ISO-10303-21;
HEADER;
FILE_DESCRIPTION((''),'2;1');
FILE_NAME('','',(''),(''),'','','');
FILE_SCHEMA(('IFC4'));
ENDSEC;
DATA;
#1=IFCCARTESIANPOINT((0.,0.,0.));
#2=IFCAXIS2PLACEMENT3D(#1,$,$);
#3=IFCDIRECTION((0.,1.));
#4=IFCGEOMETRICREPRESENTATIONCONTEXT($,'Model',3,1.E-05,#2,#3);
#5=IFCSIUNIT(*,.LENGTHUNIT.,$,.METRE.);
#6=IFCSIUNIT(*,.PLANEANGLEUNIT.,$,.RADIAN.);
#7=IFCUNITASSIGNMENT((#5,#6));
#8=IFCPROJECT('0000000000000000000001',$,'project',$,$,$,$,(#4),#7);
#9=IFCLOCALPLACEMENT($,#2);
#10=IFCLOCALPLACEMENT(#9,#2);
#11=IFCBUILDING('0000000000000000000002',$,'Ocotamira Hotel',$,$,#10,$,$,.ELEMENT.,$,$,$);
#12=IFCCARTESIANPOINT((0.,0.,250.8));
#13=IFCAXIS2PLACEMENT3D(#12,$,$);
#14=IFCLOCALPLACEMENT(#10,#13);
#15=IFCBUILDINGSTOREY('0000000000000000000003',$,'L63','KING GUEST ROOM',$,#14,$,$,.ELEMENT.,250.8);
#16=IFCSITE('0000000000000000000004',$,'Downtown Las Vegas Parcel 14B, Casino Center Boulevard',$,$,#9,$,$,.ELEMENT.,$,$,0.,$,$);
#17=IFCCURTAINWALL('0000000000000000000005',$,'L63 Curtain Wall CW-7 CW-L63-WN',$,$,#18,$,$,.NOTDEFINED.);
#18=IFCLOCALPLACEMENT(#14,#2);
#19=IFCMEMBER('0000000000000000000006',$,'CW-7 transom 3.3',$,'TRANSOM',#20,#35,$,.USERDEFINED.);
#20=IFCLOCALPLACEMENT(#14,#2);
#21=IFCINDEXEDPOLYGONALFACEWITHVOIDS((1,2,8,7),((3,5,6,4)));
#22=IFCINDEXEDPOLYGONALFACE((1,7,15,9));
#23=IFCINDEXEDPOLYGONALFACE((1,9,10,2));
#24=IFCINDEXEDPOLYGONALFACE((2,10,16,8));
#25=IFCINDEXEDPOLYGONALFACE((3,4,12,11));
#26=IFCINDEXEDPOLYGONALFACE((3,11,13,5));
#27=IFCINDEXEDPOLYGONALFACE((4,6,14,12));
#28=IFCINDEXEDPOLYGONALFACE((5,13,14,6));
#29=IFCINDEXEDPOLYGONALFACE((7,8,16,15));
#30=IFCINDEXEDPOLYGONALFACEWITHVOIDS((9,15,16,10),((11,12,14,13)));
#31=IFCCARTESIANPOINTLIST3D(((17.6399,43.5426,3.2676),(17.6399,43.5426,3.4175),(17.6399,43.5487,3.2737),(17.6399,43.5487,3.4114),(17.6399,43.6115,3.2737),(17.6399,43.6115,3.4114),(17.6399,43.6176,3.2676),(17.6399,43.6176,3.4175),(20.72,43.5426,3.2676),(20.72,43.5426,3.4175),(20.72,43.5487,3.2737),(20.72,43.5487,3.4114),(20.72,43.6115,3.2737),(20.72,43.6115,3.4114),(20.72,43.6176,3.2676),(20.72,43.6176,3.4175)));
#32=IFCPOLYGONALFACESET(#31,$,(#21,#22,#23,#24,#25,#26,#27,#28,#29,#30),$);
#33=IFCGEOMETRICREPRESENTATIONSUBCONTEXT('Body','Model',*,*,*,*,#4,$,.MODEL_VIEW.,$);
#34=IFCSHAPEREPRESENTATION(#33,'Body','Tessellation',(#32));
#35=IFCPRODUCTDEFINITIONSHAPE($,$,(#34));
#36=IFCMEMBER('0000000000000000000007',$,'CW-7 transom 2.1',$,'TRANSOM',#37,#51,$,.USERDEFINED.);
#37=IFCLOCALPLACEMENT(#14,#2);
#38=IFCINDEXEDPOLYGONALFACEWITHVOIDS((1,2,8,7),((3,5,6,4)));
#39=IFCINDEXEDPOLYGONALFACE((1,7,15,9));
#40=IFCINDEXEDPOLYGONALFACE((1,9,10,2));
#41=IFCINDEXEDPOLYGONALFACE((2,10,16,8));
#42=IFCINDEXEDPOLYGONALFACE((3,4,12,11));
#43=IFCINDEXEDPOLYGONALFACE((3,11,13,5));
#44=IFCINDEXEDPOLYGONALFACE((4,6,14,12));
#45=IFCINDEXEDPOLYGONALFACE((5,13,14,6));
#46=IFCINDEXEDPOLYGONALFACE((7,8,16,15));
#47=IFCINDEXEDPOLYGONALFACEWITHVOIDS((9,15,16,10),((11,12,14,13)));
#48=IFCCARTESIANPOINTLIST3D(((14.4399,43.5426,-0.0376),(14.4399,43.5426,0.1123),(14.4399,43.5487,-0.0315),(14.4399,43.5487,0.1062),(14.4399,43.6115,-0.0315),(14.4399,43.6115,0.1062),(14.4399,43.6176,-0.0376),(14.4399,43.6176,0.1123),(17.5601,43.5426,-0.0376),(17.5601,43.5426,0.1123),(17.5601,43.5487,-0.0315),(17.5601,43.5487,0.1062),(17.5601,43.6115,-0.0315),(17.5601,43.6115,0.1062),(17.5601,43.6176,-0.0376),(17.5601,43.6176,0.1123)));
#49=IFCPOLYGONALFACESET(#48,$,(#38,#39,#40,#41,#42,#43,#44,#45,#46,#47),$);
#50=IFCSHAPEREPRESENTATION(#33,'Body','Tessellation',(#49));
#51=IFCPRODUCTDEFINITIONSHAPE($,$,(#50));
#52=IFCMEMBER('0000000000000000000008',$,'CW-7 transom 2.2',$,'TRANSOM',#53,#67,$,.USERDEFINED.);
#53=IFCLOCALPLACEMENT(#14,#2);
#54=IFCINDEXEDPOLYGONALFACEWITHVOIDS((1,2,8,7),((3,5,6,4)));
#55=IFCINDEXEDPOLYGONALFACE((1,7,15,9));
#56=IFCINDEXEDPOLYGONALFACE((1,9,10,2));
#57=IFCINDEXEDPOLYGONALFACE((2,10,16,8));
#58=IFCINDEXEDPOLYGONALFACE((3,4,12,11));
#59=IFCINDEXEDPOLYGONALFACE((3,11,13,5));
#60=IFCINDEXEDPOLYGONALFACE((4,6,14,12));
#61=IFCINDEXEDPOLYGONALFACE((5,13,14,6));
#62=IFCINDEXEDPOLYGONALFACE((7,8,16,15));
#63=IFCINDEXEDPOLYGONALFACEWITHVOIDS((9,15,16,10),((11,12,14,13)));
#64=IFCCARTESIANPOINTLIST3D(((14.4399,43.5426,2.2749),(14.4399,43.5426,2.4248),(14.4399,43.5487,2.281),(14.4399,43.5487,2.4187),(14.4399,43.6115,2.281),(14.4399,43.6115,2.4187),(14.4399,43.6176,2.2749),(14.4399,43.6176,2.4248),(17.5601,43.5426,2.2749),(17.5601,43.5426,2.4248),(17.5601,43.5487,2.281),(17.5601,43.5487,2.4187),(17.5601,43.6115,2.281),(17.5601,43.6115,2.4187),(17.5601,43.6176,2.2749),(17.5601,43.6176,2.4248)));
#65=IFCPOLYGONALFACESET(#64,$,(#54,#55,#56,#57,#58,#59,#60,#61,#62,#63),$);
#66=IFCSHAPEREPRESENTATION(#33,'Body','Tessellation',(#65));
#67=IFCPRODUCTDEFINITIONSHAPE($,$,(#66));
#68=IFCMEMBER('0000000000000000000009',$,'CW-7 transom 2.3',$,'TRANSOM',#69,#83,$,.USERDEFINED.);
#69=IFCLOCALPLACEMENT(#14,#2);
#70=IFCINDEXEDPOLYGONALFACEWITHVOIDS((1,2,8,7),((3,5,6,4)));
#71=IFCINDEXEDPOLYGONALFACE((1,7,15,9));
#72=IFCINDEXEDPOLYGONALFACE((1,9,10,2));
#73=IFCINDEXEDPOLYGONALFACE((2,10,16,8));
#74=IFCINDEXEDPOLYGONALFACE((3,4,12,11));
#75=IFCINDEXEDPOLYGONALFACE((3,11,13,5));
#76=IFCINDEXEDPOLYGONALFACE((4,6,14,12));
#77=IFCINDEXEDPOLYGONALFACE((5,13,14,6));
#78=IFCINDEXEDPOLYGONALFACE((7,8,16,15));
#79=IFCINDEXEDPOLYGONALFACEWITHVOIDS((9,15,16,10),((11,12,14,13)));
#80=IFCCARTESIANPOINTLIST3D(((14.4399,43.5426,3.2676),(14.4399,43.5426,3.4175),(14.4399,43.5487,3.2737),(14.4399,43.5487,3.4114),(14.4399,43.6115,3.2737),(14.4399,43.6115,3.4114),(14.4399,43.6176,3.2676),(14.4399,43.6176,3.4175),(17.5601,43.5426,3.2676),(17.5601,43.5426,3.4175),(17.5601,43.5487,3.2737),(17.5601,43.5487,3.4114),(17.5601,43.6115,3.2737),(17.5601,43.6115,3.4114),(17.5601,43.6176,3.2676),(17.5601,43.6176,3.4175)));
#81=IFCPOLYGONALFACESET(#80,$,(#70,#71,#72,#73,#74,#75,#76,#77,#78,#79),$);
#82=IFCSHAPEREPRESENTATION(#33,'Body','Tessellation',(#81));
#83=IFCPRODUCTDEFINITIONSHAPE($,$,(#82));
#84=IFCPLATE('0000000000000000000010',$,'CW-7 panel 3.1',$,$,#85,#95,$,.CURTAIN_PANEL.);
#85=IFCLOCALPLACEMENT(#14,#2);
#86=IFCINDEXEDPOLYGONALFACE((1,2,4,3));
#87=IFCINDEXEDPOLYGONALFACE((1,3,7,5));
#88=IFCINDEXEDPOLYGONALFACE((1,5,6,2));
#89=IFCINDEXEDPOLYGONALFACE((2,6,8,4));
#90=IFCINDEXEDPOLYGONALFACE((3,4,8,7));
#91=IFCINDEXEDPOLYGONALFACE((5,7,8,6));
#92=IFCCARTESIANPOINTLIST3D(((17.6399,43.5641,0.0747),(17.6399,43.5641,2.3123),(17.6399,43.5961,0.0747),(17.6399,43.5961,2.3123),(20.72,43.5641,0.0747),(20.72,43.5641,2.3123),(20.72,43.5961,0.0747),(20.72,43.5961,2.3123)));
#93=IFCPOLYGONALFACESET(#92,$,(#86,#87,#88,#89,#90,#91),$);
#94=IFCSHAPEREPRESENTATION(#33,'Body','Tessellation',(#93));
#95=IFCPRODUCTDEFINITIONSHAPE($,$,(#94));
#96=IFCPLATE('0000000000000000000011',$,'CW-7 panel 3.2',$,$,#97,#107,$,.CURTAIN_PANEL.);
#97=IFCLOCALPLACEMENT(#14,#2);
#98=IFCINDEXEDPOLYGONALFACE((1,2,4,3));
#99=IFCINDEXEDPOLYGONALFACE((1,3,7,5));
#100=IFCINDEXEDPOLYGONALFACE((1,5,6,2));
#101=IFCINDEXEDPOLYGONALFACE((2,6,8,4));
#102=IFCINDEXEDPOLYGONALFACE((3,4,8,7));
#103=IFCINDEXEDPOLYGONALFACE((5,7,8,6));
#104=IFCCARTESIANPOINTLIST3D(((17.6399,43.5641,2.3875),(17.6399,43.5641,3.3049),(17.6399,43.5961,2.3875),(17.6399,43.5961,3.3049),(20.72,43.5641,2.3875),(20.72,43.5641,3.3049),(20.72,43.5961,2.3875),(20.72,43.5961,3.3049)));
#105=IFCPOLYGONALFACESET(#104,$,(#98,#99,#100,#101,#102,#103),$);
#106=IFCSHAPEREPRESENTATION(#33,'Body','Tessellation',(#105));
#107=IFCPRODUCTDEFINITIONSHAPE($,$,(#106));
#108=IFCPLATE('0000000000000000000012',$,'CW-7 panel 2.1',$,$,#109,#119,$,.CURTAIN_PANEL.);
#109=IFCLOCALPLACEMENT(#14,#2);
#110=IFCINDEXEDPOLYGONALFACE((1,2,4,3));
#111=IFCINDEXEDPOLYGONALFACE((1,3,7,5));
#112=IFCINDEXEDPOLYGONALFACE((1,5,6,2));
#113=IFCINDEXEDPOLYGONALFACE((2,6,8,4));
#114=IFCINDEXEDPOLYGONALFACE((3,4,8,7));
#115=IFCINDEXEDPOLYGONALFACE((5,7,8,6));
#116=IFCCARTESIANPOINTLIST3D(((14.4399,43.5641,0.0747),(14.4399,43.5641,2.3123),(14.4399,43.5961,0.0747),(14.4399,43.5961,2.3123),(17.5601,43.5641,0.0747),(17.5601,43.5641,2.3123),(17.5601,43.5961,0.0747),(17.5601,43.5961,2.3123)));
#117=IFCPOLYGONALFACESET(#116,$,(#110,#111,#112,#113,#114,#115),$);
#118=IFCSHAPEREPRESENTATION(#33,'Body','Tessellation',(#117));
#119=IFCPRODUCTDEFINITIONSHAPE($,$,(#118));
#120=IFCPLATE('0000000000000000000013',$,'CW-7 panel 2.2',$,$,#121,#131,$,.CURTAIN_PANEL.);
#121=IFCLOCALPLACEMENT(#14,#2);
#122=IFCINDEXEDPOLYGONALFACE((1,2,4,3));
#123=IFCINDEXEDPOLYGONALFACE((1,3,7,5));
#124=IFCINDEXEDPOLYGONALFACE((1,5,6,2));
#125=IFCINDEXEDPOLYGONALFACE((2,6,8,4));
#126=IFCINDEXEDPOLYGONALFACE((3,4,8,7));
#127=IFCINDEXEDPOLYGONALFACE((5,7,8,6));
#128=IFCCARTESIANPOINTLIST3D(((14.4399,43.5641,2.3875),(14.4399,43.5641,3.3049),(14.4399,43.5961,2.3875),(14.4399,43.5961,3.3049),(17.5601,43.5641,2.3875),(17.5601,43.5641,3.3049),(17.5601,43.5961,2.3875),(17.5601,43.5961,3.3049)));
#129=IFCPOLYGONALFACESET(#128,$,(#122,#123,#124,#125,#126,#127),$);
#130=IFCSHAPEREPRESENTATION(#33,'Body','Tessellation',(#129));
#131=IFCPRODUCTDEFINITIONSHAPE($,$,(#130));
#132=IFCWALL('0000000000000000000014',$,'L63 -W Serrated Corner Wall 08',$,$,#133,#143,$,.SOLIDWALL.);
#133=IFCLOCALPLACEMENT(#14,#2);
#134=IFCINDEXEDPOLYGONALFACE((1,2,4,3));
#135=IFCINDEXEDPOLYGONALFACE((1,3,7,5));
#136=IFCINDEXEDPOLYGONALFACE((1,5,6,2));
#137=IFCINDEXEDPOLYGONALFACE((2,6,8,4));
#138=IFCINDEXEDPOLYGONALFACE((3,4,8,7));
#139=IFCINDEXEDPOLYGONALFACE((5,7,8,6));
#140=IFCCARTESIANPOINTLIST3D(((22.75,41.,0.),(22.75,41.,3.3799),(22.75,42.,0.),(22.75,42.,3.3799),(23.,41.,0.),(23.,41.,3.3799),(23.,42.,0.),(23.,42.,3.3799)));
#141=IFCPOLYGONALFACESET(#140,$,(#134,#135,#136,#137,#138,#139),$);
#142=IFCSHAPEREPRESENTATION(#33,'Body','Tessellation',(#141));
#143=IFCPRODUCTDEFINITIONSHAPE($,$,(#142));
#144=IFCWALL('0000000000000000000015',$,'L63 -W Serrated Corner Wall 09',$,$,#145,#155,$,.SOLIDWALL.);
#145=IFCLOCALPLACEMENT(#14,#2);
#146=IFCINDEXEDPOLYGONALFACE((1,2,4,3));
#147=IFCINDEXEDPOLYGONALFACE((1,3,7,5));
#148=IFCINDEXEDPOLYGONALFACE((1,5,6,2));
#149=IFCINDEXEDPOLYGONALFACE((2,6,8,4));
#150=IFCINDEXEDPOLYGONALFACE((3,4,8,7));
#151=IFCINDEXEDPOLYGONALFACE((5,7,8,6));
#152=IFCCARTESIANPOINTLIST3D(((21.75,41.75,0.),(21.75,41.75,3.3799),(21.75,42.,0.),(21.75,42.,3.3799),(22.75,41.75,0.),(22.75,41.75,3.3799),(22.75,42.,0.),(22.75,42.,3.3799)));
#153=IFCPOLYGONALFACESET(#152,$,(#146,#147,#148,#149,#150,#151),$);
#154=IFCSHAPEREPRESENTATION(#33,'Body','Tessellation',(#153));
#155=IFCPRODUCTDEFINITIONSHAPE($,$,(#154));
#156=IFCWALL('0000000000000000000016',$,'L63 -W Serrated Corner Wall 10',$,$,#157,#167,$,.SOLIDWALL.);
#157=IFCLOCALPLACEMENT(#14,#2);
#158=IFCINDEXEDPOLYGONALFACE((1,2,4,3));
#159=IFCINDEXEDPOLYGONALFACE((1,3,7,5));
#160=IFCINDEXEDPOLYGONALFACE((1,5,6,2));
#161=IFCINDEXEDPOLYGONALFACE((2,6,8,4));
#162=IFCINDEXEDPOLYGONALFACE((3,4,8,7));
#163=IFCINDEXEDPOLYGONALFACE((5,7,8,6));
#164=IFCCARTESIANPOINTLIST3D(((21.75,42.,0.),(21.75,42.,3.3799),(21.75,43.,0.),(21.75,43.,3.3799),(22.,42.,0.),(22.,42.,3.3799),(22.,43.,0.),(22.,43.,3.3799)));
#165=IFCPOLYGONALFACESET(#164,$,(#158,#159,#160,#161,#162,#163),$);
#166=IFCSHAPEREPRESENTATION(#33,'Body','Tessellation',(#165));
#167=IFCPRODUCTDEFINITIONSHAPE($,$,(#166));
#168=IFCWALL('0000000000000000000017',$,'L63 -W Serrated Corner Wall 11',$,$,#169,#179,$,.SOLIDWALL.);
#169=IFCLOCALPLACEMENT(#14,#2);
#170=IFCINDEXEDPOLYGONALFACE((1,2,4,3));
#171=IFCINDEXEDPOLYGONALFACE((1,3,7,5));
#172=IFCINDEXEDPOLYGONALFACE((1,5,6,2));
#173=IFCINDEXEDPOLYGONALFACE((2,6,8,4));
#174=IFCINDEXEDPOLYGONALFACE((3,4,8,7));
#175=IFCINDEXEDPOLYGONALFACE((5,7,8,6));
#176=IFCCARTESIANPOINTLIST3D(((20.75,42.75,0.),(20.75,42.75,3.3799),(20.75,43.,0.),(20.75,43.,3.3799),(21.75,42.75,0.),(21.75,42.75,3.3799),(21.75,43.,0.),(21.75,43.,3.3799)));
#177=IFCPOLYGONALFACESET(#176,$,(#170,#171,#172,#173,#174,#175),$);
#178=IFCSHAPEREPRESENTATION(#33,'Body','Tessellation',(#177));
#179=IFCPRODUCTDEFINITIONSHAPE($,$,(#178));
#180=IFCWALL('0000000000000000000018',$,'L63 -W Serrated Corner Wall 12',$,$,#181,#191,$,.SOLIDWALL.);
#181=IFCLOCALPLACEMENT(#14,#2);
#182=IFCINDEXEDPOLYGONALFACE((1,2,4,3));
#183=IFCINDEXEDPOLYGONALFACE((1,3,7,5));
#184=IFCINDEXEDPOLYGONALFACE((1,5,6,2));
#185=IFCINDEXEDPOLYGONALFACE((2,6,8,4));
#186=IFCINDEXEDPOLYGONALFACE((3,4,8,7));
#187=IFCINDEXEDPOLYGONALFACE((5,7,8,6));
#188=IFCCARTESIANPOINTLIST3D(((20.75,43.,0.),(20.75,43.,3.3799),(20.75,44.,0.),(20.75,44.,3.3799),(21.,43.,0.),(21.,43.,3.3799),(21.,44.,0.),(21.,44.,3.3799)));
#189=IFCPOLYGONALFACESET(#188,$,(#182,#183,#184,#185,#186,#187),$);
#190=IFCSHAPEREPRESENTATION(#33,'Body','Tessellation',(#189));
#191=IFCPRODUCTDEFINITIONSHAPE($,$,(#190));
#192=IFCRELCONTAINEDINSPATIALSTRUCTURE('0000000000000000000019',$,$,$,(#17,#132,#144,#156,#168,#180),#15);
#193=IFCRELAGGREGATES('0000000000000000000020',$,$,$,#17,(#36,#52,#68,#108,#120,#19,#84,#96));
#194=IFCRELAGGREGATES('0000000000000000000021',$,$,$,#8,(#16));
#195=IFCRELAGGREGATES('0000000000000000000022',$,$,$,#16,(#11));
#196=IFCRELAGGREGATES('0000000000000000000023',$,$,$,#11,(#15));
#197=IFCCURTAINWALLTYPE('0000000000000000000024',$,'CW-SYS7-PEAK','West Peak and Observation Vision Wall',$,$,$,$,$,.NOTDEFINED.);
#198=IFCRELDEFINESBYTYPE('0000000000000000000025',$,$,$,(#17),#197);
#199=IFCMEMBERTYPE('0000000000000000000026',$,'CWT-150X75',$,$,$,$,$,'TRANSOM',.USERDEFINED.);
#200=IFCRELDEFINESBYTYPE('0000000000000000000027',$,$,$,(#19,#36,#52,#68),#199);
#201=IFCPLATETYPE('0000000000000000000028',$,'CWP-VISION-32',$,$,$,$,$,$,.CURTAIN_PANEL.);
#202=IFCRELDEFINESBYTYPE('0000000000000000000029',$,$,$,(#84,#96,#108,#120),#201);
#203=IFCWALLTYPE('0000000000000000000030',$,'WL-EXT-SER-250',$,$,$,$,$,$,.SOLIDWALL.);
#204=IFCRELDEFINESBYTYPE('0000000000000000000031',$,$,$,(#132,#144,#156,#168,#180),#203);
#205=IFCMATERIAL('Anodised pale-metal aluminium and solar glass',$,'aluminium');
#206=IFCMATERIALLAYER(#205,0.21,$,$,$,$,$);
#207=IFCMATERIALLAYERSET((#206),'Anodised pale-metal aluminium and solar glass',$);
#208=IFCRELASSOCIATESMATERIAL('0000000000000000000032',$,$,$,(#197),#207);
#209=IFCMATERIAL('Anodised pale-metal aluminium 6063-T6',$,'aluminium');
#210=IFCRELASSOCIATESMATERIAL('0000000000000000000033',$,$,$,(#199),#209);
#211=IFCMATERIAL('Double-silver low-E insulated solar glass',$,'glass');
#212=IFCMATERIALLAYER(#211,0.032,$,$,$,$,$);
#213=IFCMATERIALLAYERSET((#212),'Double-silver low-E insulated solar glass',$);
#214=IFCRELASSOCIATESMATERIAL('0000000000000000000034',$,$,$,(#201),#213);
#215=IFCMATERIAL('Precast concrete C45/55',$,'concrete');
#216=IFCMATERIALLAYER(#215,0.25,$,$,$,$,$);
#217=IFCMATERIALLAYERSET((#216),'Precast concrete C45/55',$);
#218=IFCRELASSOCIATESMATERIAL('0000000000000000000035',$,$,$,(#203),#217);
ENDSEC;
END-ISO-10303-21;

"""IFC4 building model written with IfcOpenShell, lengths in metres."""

from ifc_helpers import new_model, si_unit, direction, frame, frame_2d, origin, origin_2d, place, context, subcontext, project, spatial, rectangle, hollow_rectangle, extrude, source, transform, mapped, material, layer, layer_set, material_profile, profile_set, type_object, element, aggregate, save


model = new_model("IFC4")

# Units and contexts
model_context = context("Model", 3, precision=1e-05, world=origin(), true_north=direction((0.0, 1.0)))
body_context = subcontext(model_context, "Body", "Model", "MODEL_VIEW")
ifc_project = project(units=[si_unit("LENGTHUNIT", "METRE"), si_unit("PLANEANGLEUNIT", "RADIAN")], contexts=[model_context])

# Site, building, storey
site_placement = place(None, origin())
site = spatial("IfcSite", under=ifc_project, at=site_placement, Name="Downtown Las Vegas Parcel 14B, Casino Center Boulevard", CompositionType="ELEMENT", RefElevation=0.0)
building_placement = place(site_placement, origin())
building = spatial("IfcBuilding", under=site, at=building_placement, Name="Ocotamira Hotel", CompositionType="ELEMENT")
storey_placement = place(building_placement, frame((0.0, 0.0, 250.8)))
storey = spatial("IfcBuildingStorey", under=building, at=storey_placement, Name="L63", Description="KING GUEST ROOM", CompositionType="ELEMENT", Elevation=250.8)

# Curtain wall, members, plates
ifc_material_1 = material(Name="Anodised pale-metal aluminium and solar glass", Category="aluminium")
ifc_layer_1 = layer(ifc_material_1, 0.21)
ifc_layer_set_1 = layer_set([ifc_layer_1], Name="Anodised pale-metal aluminium and solar glass")
curtain_wall_type = type_object("IfcCurtainWallType", Name="CW-SYS7-PEAK", Description="West Peak and Observation Vision Wall", PredefinedType="NOTDEFINED", material=ifc_layer_set_1)
curtain_wall_placement = place(storey_placement, origin())
curtain_wall = element("IfcCurtainWall", 1, at=curtain_wall_placement, inside=storey, type_object=curtain_wall_type, Name="L63 Curtain Wall CW-7 CW-L63-WN", PredefinedType="NOTDEFINED")
ifc_material_2 = material(Name="Anodised pale-metal aluminium 6063-T6", Category="aluminium")
ifc_material_profile_1 = material_profile(ifc_material_2, hollow_rectangle(XDim=0.075, YDim=0.1499, WallThickness=0.0061, at=origin_2d()), Name="HSS150X75X6")
ifc_profile_set_1 = profile_set([ifc_material_profile_1], Name="Anodised pale-metal aluminium 6063-T6")
member_type_1 = type_object("IfcMemberType", Name="CWT-150X75", ElementType="TRANSOM", PredefinedType="USERDEFINED", material=ifc_profile_set_1)
shared_shape_1 = source(origin(), body_context, "Body", "SweptSolid", [
    extrude(hollow_rectangle(XDim=0.075, YDim=0.1499, WallThickness=0.0061, at=origin_2d()), origin(), (0.0, 0.0, 1.0), 3.0801),
])
member_1_placement = place(storey_placement, frame((17.6399, 43.5801, 3.3425), z_axis=(1.0, 0.0, 0.0), x_axis=(0.0, 1.0, 0.0)))
member_1 = element("IfcMember", 2, at=member_1_placement, type_object=member_type_1, Name="CW-7 transom 3.3", ObjectType="TRANSOM", PredefinedType="USERDEFINED", context=body_context, shape_type="MappedRepresentation", body=[
    mapped(shared_shape_1, transform((0.0, 0.0, 0.0), scale=1.0)),
])
shared_shape_2 = source(origin(), body_context, "Body", "SweptSolid", [
    extrude(hollow_rectangle(XDim=0.075, YDim=0.1499, WallThickness=0.0061, at=origin_2d()), origin(), (0.0, 0.0, 1.0), 3.1201),
])
member_2_placement = place(storey_placement, frame((14.4399, 43.5801, 0.0374), z_axis=(1.0, 0.0, 0.0), x_axis=(0.0, 1.0, 0.0)))
member_2 = element("IfcMember", 3, at=member_2_placement, type_object=member_type_1, Name="CW-7 transom 2.1", ObjectType="TRANSOM", PredefinedType="USERDEFINED", context=body_context, shape_type="MappedRepresentation", body=[
    mapped(shared_shape_2, transform((0.0, 0.0, 0.0), scale=1.0)),
])
member_3_placement = place(storey_placement, frame((14.4399, 43.5801, 2.3499), z_axis=(1.0, 0.0, 0.0), x_axis=(0.0, 1.0, 0.0)))
member_3 = element("IfcMember", 4, at=member_3_placement, type_object=member_type_1, Name="CW-7 transom 2.2", ObjectType="TRANSOM", PredefinedType="USERDEFINED", context=body_context, shape_type="MappedRepresentation", body=[
    mapped(shared_shape_2, transform((0.0, 0.0, 0.0), scale=1.0)),
])
member_4_placement = place(storey_placement, frame((14.4399, 43.5801, 3.3425), z_axis=(1.0, 0.0, 0.0), x_axis=(0.0, 1.0, 0.0)))
member_4 = element("IfcMember", 5, at=member_4_placement, type_object=member_type_1, Name="CW-7 transom 2.3", ObjectType="TRANSOM", PredefinedType="USERDEFINED", context=body_context, shape_type="MappedRepresentation", body=[
    mapped(shared_shape_2, transform((0.0, 0.0, 0.0), scale=1.0)),
])
ifc_material_3 = material(Name="Double-silver low-E insulated solar glass", Category="glass")
ifc_layer_2 = layer(ifc_material_3, 0.032)
ifc_layer_set_2 = layer_set([ifc_layer_2], Name="Double-silver low-E insulated solar glass")
plate_type = type_object("IfcPlateType", Name="CWP-VISION-32", PredefinedType="CURTAIN_PANEL", material=ifc_layer_set_2)
shared_shape_3 = source(origin(), body_context, "Body", "SweptSolid", [
    extrude(rectangle(XDim=3.0801, YDim=0.032, at=origin_2d()), origin(), (0.0, 0.0, 1.0), 2.2375),
])
plate_1_placement = place(storey_placement, frame((19.1799, 43.5801, 0.0747), z_axis=(0.0, 0.0, 1.0), x_axis=(1.0, 0.0, 0.0)))
plate_1 = element("IfcPlate", 6, at=plate_1_placement, type_object=plate_type, Name="CW-7 panel 3.1", PredefinedType="CURTAIN_PANEL", context=body_context, shape_type="MappedRepresentation", body=[
    mapped(shared_shape_3, transform((0.0, 0.0, 0.0), scale=1.0)),
])
shared_shape_4 = source(origin(), body_context, "Body", "SweptSolid", [
    extrude(rectangle(XDim=3.0801, YDim=0.032, at=origin_2d()), origin(), (0.0, 0.0, 1.0), 0.9175),
])
plate_2_placement = place(storey_placement, frame((19.1799, 43.5801, 2.3875), z_axis=(0.0, 0.0, 1.0), x_axis=(1.0, 0.0, 0.0)))
plate_2 = element("IfcPlate", 7, at=plate_2_placement, type_object=plate_type, Name="CW-7 panel 3.2", PredefinedType="CURTAIN_PANEL", context=body_context, shape_type="MappedRepresentation", body=[
    mapped(shared_shape_4, transform((0.0, 0.0, 0.0), scale=1.0)),
])
shared_shape_5 = source(origin(), body_context, "Body", "SweptSolid", [
    extrude(rectangle(XDim=3.1201, YDim=0.032, at=origin_2d()), origin(), (0.0, 0.0, 1.0), 2.2375),
])
plate_3_placement = place(storey_placement, frame((16.0, 43.5801, 0.0747), z_axis=(0.0, 0.0, 1.0), x_axis=(1.0, 0.0, 0.0)))
plate_3 = element("IfcPlate", 8, at=plate_3_placement, type_object=plate_type, Name="CW-7 panel 2.1", PredefinedType="CURTAIN_PANEL", context=body_context, shape_type="MappedRepresentation", body=[
    mapped(shared_shape_5, transform((0.0, 0.0, 0.0), scale=1.0)),
])
shared_shape_6 = source(origin(), body_context, "Body", "SweptSolid", [
    extrude(rectangle(XDim=3.1201, YDim=0.032, at=origin_2d()), origin(), (0.0, 0.0, 1.0), 0.9175),
])
plate_4_placement = place(storey_placement, frame((16.0, 43.5801, 2.3875), z_axis=(0.0, 0.0, 1.0), x_axis=(1.0, 0.0, 0.0)))
plate_4 = element("IfcPlate", 9, at=plate_4_placement, type_object=plate_type, Name="CW-7 panel 2.2", PredefinedType="CURTAIN_PANEL", context=body_context, shape_type="MappedRepresentation", body=[
    mapped(shared_shape_6, transform((0.0, 0.0, 0.0), scale=1.0)),
])
aggregate(curtain_wall, [member_2, member_3, member_4, plate_3, plate_4, member_1, plate_1, plate_2])

# Walls
ifc_material_4 = material(Name="Precast concrete C45/55", Category="concrete")
ifc_layer_3 = layer(ifc_material_4, 0.25)
ifc_layer_set_3 = layer_set([ifc_layer_3], Name="Precast concrete C45/55")
wall_type_1 = type_object("IfcWallType", Name="WL-EXT-SER-250", PredefinedType="SOLIDWALL", material=ifc_layer_set_3)
for number, where, z_axis, x_axis, name in (
    (10, (22.875, 41.0, 0.0), (0.0, 0.0, 1.0), (0.0, 1.0, 0.0), "L63 -W Serrated Corner Wall 08"),
    (11, (22.75, 41.875, 0.0), (0.0, 0.0, 1.0), (-1.0, 0.0, 0.0), "L63 -W Serrated Corner Wall 09"),
    (12, (21.875, 42.0, 0.0), (0.0, 0.0, 1.0), (0.0, 1.0, 0.0), "L63 -W Serrated Corner Wall 10"),
    (13, (21.75, 42.875, 0.0), (0.0, 0.0, 1.0), (-1.0, 0.0, 0.0), "L63 -W Serrated Corner Wall 11"),
    (14, (20.875, 43.0, 0.0), (0.0, 0.0, 1.0), (0.0, 1.0, 0.0), "L63 -W Serrated Corner Wall 12"),
):
    element("IfcWall", number, at=place(storey_placement, frame(where, z_axis=z_axis, x_axis=x_axis)), inside=storey, type_object=wall_type_1, Name=name, PredefinedType="SOLIDWALL", context=body_context, shape_type="SweptSolid", body=[
        extrude(rectangle(XDim=1.0, YDim=0.25, at=frame_2d((0.5, 0.0))), origin(), (0.0, 0.0, 1.0), 3.3799),
    ])

save(model, "model.ifc")
